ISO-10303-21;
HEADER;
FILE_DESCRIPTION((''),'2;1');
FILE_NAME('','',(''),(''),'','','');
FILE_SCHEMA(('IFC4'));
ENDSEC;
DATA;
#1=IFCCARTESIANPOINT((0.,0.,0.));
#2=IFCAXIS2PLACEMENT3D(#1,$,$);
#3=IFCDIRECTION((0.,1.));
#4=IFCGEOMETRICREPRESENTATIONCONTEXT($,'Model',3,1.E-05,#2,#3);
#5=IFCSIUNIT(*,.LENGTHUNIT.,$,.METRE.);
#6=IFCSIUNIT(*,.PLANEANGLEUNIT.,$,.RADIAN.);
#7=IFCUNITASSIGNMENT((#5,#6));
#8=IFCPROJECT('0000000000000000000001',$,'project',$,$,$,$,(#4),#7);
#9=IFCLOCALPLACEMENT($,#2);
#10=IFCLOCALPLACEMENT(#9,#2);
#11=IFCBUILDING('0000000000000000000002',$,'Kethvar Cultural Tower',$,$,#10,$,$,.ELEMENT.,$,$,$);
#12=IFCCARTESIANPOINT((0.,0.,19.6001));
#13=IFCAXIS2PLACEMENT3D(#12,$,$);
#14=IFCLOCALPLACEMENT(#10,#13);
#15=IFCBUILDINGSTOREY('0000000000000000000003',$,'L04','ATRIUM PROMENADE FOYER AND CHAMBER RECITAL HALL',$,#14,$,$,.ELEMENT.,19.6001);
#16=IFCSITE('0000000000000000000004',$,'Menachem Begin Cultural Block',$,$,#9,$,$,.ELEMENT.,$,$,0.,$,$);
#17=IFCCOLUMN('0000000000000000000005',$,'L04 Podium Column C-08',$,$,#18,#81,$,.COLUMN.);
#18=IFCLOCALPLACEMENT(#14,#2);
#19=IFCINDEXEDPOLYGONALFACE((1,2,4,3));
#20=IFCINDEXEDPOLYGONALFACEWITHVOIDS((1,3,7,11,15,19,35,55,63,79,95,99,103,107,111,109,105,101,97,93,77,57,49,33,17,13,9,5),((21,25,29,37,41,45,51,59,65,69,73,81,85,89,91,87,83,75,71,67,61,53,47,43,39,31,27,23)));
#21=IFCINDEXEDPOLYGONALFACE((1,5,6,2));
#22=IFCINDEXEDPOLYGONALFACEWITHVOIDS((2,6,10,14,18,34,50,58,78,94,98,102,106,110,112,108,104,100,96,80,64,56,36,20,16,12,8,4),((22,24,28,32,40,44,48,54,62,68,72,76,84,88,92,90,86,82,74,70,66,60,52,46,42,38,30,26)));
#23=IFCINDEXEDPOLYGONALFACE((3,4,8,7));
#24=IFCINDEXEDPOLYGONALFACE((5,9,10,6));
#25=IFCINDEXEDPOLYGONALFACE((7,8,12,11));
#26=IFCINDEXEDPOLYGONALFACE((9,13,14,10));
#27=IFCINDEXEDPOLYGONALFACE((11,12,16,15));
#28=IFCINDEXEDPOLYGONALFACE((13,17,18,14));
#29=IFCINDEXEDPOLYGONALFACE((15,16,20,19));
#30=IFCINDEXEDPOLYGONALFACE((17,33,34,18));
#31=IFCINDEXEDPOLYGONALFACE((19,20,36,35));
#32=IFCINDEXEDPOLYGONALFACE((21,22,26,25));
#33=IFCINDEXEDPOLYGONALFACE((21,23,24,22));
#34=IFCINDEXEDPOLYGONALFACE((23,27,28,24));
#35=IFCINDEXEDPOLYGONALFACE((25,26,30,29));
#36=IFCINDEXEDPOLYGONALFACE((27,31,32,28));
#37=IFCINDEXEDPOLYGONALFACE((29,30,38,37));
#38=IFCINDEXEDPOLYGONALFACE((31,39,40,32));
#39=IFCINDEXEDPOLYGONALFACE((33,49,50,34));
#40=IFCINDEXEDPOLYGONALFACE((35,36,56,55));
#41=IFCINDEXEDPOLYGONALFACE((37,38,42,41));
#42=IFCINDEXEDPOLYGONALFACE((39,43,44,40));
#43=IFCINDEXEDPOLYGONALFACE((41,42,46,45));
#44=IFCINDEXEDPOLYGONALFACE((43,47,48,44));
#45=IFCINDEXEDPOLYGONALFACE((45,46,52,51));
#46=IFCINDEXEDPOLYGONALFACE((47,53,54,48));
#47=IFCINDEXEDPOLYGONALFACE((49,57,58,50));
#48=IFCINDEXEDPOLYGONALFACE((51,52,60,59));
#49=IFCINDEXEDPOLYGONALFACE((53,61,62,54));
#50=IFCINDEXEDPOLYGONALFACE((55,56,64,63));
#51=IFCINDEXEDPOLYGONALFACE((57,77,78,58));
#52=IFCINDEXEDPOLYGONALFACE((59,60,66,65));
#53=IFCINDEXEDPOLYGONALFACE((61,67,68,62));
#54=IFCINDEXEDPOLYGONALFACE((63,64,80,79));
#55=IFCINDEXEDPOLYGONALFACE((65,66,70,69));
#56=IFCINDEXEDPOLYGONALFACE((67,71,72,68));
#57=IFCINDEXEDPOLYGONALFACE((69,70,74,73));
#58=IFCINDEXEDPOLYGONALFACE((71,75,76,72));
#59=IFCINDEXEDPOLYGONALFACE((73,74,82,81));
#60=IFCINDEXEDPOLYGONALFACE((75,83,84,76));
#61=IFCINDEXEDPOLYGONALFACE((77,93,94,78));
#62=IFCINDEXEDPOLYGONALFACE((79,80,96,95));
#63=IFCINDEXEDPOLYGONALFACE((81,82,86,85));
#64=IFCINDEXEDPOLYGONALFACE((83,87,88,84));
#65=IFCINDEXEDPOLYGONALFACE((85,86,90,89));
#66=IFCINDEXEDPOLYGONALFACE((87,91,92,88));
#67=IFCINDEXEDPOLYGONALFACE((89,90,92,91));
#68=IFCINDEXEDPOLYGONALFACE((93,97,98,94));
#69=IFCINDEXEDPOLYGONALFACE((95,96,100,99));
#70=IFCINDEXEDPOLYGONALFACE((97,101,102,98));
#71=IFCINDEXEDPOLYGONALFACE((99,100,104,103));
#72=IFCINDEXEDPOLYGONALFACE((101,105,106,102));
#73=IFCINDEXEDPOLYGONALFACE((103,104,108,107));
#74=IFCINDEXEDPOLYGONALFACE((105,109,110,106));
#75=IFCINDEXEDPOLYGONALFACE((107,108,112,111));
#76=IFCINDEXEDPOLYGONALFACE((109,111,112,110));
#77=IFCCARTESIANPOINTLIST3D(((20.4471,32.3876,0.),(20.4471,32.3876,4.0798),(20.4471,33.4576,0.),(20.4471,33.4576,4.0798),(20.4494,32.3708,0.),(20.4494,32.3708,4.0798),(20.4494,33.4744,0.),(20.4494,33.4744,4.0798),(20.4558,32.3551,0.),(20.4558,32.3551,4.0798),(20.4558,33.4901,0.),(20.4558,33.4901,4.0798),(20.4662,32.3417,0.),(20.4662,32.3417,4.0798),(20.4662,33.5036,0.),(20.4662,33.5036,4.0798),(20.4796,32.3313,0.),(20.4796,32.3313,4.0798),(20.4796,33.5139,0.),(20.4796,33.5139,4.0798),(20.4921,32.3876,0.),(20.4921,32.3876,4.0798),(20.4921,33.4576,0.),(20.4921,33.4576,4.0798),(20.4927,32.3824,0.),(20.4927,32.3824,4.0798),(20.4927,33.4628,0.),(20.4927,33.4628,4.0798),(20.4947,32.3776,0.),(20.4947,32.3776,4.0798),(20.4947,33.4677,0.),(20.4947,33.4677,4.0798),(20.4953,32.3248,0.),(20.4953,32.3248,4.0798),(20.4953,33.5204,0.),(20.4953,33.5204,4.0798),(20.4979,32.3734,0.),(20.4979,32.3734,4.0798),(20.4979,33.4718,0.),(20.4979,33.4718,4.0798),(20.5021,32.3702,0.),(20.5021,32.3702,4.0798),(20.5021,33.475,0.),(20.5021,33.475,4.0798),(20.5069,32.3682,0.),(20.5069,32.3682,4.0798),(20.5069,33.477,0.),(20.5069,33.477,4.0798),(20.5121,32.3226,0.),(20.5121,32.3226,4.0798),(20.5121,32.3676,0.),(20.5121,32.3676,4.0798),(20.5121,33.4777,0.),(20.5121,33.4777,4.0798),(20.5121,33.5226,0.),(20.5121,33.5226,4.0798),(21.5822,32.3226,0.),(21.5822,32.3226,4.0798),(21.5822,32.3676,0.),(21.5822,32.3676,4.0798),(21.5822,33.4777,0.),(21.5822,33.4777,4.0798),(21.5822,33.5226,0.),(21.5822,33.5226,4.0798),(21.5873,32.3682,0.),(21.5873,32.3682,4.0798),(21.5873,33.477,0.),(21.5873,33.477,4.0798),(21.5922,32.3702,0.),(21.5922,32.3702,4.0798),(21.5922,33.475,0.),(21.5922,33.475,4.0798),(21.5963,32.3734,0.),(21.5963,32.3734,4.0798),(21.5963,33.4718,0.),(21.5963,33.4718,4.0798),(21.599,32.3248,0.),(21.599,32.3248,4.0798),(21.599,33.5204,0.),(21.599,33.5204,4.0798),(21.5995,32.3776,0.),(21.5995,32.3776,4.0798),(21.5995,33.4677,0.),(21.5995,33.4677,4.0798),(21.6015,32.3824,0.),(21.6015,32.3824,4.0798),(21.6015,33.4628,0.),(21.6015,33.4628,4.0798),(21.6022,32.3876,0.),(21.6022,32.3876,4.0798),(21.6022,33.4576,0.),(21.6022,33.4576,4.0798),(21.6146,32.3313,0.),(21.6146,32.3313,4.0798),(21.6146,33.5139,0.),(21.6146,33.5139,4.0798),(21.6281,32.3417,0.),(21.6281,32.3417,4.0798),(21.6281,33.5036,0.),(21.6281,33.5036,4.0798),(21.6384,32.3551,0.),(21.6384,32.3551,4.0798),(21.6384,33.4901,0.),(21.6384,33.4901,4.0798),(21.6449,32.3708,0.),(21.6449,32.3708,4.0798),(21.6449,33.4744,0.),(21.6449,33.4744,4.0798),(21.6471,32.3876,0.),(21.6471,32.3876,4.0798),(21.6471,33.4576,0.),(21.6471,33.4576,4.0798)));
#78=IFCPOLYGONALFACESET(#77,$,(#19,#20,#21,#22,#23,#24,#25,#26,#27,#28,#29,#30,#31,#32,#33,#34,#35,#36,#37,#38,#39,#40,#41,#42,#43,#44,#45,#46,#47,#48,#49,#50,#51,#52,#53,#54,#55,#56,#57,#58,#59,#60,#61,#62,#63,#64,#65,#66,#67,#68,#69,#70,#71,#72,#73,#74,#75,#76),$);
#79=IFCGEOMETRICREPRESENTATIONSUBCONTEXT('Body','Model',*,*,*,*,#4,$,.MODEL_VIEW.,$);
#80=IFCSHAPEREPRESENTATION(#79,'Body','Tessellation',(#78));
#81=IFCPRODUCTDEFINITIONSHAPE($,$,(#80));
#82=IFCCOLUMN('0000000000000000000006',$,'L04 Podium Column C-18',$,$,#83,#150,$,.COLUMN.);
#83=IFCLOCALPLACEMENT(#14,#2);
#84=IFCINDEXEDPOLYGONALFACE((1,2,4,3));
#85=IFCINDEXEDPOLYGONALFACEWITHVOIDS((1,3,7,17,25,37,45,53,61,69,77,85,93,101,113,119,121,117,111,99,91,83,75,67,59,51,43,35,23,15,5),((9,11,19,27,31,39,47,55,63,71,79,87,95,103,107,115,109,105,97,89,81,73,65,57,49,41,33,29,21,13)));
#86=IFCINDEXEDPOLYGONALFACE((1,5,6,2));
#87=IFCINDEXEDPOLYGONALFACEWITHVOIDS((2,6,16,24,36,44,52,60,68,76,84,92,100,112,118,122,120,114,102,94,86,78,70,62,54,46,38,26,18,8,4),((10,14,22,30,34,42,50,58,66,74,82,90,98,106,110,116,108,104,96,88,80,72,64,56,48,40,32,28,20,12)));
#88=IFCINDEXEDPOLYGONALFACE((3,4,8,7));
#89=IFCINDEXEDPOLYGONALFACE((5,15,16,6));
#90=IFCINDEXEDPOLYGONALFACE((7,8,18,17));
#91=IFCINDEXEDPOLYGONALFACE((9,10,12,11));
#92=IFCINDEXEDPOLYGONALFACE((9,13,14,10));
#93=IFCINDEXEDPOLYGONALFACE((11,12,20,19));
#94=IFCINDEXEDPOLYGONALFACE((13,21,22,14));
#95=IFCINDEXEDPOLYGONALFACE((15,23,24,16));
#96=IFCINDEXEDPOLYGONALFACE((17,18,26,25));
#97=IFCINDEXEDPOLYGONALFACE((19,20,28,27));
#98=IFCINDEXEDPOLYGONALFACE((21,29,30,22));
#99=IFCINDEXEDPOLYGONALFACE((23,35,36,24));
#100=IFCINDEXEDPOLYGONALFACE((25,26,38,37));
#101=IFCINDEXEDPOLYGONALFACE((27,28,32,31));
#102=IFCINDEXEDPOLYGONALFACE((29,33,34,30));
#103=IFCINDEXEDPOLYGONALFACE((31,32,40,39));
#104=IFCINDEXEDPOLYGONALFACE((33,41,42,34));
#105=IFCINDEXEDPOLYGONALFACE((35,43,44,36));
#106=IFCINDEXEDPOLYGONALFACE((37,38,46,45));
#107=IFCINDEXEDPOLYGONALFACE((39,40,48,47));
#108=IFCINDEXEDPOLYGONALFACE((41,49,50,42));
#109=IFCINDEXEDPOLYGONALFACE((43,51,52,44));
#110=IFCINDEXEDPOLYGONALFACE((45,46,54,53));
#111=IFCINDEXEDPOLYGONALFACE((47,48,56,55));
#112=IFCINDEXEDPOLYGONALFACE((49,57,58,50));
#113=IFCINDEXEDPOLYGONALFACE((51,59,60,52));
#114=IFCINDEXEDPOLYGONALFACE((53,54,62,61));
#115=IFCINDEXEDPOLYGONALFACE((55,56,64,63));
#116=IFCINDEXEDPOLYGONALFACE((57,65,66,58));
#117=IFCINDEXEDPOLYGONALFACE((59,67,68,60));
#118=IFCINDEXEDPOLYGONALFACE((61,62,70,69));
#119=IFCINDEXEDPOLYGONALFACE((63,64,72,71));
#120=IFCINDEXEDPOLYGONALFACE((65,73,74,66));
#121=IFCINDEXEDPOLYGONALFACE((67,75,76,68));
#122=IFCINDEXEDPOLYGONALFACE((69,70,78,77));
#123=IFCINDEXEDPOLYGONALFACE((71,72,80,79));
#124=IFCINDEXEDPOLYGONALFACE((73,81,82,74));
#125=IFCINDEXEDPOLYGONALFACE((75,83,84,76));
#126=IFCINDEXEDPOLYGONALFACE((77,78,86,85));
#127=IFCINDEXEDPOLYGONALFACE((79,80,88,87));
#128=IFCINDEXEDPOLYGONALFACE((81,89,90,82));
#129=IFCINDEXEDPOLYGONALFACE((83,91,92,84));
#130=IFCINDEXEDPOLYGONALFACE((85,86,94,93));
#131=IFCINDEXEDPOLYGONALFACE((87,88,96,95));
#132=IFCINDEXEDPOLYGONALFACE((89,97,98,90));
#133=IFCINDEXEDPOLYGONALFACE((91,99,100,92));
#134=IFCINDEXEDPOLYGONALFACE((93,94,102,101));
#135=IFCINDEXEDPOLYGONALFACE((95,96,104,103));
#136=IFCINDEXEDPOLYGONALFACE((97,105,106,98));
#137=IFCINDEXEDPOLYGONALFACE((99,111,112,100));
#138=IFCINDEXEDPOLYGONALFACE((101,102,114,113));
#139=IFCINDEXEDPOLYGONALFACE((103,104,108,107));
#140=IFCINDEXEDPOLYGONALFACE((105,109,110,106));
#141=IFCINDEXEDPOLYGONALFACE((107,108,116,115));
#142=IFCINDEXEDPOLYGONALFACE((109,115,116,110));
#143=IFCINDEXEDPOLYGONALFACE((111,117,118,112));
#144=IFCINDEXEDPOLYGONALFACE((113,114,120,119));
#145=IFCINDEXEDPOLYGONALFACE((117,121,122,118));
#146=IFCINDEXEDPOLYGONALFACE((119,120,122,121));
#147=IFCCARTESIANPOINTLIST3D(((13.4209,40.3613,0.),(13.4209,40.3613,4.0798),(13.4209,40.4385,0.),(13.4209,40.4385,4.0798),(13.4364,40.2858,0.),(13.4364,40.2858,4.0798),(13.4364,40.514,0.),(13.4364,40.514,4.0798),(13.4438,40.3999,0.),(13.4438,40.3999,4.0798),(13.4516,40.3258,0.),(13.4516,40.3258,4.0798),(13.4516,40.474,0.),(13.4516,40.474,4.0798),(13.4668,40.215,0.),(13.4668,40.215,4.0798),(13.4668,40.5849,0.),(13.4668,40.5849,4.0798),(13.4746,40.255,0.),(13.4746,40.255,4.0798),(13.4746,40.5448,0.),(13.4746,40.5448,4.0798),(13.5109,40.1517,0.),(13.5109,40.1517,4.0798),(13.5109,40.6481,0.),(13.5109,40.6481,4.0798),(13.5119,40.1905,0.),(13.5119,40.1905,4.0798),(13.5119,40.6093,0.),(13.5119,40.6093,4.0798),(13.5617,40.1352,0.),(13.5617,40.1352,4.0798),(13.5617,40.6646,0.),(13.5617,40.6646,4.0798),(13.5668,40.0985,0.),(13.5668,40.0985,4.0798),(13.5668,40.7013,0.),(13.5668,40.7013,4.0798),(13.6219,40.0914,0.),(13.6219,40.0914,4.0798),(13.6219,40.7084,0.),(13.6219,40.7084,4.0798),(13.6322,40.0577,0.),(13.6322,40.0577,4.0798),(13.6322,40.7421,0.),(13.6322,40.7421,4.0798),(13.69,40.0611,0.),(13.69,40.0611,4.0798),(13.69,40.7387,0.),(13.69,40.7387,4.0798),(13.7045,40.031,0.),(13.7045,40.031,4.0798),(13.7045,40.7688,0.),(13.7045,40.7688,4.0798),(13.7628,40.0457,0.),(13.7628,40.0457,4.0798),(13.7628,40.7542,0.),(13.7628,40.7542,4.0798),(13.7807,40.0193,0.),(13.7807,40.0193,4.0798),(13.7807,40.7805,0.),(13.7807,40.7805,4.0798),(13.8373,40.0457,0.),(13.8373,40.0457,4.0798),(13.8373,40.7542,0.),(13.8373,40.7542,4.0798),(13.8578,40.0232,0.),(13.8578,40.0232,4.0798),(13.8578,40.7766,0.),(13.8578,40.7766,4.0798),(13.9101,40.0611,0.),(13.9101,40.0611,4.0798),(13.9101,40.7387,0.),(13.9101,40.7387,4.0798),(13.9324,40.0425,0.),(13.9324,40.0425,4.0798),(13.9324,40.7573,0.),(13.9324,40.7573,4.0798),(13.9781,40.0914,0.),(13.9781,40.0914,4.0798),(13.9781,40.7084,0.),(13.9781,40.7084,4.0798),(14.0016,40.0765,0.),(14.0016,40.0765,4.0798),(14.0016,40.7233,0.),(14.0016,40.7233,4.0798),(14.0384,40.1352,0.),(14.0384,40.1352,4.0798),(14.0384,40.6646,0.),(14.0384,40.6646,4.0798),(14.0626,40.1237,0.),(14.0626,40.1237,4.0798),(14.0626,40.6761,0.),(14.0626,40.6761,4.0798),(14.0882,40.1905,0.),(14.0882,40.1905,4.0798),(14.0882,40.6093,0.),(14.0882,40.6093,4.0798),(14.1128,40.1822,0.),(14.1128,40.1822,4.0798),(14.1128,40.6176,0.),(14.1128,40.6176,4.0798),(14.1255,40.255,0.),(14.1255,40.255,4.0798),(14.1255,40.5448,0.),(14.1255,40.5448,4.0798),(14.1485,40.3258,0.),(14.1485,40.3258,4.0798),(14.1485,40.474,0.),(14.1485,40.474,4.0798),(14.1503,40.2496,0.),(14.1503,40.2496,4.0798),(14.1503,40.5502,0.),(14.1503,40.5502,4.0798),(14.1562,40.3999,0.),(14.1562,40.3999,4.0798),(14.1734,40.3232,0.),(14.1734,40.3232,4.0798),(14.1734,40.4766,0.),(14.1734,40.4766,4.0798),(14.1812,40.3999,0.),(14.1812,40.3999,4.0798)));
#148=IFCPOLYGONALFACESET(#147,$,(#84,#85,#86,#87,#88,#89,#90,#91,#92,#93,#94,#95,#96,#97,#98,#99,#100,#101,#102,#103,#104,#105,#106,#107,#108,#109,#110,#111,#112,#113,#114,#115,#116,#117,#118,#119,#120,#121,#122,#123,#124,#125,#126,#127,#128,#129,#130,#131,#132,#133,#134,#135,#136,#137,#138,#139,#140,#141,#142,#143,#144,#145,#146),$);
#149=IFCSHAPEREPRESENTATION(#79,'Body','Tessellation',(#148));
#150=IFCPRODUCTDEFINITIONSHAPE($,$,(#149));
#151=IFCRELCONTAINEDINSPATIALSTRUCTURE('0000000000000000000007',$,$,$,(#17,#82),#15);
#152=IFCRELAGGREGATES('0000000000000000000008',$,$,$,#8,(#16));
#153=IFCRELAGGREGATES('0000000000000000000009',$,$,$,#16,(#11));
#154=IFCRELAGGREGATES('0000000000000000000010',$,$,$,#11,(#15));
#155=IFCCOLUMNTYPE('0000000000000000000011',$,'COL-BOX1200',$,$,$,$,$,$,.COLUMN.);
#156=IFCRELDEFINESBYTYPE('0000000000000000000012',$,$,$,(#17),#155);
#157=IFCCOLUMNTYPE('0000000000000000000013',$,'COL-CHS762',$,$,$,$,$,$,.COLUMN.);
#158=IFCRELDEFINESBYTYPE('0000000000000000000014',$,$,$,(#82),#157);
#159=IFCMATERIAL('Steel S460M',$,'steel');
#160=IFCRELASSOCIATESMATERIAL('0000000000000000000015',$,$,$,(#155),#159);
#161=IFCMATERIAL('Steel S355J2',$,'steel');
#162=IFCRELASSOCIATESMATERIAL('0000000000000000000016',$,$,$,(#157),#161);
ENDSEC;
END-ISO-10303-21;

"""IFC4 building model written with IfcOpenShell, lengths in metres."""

from ifc_helpers import new_model, si_unit, direction, frame, origin, origin_2d, place, context, subcontext, project, spatial, hollow_rectangle, hollow_circle, extrude, source, transform, mapped, material, material_profile, profile_set, type_object, element, save


model = new_model("IFC4")

# Units and contexts
model_context = context("Model", 3, precision=1e-05, world=origin(), true_north=direction((0.0, 1.0)))
body_context = subcontext(model_context, "Body", "Model", "MODEL_VIEW")
ifc_project = project(units=[si_unit("LENGTHUNIT", "METRE"), si_unit("PLANEANGLEUNIT", "RADIAN")], contexts=[model_context])

# Site, building, storey
site_placement = place(None, origin())
site = spatial("IfcSite", under=ifc_project, at=site_placement, Name="Menachem Begin Cultural Block", CompositionType="ELEMENT", RefElevation=0.0)
building_placement = place(site_placement, origin())
building = spatial("IfcBuilding", under=site, at=building_placement, Name="Kethvar Cultural Tower", CompositionType="ELEMENT")
storey_placement = place(building_placement, frame((0.0, 0.0, 19.6001)))
storey = spatial("IfcBuildingStorey", under=building, at=storey_placement, Name="L04", Description="ATRIUM PROMENADE FOYER AND CHAMBER RECITAL HALL", CompositionType="ELEMENT", Elevation=19.6001)

# Columns
ifc_material_1 = material(Name="Steel S460M", Category="steel")
ifc_material_profile_1 = material_profile(ifc_material_1, hollow_rectangle(XDim=1.2, YDim=1.2, WallThickness=0.0449, InnerFilletRadius=0.02, OuterFilletRadius=0.0649, at=origin_2d()), Name="Steel S460M — BOX1200x1200x45")
ifc_profile_set_1 = profile_set([ifc_material_profile_1], Name="Steel S460M — BOX1200x1200x45")
column_type_1 = type_object("IfcColumnType", Name="COL-BOX1200", PredefinedType="COLUMN", material=ifc_profile_set_1)
shared_shape_1 = source(origin(), body_context, "Body", "SweptSolid", [
    extrude(hollow_rectangle(XDim=1.2, YDim=1.2, WallThickness=0.0449, InnerFilletRadius=0.02, OuterFilletRadius=0.0649, at=origin_2d()), origin(), (0.0, 0.0, 1.0), 4.0798),
])
column_1_placement = place(storey_placement, frame((21.0471, 32.9226, 0.0), z_axis=(0.0, 0.0, 1.0), x_axis=(1.0, 0.0, 0.0)))
element("IfcColumn", 1, at=column_1_placement, inside=storey, type_object=column_type_1, Name="L04 Podium Column C-08", PredefinedType="COLUMN", context=body_context, shape_type="MappedRepresentation", body=[
    mapped(shared_shape_1, transform((0.0, 0.0, 0.0), scale=1.0)),
])
ifc_material_2 = material(Name="Steel S355J2", Category="steel")
ifc_material_profile_2 = material_profile(ifc_material_2, hollow_circle(Radius=0.3811, WallThickness=0.0249, at=origin_2d()), Name="Steel S355J2 — CHS762x25")
ifc_profile_set_2 = profile_set([ifc_material_profile_2], Name="Steel S355J2 — CHS762x25")
column_type_2 = type_object("IfcColumnType", Name="COL-CHS762", PredefinedType="COLUMN", material=ifc_profile_set_2)
shared_shape_2 = source(origin(), body_context, "Body", "SweptSolid", [
    extrude(hollow_circle(Radius=0.3811, WallThickness=0.0249, at=origin_2d()), origin(), (0.0, 0.0, 1.0), 4.0798),
])
column_2_placement = place(storey_placement, frame((13.8, 40.3999, 0.0), z_axis=(0.0, 0.0, 1.0), x_axis=(1.0, 0.0, 0.0)))
element("IfcColumn", 2, at=column_2_placement, inside=storey, type_object=column_type_2, Name="L04 Podium Column C-18", PredefinedType="COLUMN", context=body_context, shape_type="MappedRepresentation", body=[
    mapped(shared_shape_2, transform((0.0, 0.0, 0.0), scale=1.0)),
])

save(model, "model.ifc")
